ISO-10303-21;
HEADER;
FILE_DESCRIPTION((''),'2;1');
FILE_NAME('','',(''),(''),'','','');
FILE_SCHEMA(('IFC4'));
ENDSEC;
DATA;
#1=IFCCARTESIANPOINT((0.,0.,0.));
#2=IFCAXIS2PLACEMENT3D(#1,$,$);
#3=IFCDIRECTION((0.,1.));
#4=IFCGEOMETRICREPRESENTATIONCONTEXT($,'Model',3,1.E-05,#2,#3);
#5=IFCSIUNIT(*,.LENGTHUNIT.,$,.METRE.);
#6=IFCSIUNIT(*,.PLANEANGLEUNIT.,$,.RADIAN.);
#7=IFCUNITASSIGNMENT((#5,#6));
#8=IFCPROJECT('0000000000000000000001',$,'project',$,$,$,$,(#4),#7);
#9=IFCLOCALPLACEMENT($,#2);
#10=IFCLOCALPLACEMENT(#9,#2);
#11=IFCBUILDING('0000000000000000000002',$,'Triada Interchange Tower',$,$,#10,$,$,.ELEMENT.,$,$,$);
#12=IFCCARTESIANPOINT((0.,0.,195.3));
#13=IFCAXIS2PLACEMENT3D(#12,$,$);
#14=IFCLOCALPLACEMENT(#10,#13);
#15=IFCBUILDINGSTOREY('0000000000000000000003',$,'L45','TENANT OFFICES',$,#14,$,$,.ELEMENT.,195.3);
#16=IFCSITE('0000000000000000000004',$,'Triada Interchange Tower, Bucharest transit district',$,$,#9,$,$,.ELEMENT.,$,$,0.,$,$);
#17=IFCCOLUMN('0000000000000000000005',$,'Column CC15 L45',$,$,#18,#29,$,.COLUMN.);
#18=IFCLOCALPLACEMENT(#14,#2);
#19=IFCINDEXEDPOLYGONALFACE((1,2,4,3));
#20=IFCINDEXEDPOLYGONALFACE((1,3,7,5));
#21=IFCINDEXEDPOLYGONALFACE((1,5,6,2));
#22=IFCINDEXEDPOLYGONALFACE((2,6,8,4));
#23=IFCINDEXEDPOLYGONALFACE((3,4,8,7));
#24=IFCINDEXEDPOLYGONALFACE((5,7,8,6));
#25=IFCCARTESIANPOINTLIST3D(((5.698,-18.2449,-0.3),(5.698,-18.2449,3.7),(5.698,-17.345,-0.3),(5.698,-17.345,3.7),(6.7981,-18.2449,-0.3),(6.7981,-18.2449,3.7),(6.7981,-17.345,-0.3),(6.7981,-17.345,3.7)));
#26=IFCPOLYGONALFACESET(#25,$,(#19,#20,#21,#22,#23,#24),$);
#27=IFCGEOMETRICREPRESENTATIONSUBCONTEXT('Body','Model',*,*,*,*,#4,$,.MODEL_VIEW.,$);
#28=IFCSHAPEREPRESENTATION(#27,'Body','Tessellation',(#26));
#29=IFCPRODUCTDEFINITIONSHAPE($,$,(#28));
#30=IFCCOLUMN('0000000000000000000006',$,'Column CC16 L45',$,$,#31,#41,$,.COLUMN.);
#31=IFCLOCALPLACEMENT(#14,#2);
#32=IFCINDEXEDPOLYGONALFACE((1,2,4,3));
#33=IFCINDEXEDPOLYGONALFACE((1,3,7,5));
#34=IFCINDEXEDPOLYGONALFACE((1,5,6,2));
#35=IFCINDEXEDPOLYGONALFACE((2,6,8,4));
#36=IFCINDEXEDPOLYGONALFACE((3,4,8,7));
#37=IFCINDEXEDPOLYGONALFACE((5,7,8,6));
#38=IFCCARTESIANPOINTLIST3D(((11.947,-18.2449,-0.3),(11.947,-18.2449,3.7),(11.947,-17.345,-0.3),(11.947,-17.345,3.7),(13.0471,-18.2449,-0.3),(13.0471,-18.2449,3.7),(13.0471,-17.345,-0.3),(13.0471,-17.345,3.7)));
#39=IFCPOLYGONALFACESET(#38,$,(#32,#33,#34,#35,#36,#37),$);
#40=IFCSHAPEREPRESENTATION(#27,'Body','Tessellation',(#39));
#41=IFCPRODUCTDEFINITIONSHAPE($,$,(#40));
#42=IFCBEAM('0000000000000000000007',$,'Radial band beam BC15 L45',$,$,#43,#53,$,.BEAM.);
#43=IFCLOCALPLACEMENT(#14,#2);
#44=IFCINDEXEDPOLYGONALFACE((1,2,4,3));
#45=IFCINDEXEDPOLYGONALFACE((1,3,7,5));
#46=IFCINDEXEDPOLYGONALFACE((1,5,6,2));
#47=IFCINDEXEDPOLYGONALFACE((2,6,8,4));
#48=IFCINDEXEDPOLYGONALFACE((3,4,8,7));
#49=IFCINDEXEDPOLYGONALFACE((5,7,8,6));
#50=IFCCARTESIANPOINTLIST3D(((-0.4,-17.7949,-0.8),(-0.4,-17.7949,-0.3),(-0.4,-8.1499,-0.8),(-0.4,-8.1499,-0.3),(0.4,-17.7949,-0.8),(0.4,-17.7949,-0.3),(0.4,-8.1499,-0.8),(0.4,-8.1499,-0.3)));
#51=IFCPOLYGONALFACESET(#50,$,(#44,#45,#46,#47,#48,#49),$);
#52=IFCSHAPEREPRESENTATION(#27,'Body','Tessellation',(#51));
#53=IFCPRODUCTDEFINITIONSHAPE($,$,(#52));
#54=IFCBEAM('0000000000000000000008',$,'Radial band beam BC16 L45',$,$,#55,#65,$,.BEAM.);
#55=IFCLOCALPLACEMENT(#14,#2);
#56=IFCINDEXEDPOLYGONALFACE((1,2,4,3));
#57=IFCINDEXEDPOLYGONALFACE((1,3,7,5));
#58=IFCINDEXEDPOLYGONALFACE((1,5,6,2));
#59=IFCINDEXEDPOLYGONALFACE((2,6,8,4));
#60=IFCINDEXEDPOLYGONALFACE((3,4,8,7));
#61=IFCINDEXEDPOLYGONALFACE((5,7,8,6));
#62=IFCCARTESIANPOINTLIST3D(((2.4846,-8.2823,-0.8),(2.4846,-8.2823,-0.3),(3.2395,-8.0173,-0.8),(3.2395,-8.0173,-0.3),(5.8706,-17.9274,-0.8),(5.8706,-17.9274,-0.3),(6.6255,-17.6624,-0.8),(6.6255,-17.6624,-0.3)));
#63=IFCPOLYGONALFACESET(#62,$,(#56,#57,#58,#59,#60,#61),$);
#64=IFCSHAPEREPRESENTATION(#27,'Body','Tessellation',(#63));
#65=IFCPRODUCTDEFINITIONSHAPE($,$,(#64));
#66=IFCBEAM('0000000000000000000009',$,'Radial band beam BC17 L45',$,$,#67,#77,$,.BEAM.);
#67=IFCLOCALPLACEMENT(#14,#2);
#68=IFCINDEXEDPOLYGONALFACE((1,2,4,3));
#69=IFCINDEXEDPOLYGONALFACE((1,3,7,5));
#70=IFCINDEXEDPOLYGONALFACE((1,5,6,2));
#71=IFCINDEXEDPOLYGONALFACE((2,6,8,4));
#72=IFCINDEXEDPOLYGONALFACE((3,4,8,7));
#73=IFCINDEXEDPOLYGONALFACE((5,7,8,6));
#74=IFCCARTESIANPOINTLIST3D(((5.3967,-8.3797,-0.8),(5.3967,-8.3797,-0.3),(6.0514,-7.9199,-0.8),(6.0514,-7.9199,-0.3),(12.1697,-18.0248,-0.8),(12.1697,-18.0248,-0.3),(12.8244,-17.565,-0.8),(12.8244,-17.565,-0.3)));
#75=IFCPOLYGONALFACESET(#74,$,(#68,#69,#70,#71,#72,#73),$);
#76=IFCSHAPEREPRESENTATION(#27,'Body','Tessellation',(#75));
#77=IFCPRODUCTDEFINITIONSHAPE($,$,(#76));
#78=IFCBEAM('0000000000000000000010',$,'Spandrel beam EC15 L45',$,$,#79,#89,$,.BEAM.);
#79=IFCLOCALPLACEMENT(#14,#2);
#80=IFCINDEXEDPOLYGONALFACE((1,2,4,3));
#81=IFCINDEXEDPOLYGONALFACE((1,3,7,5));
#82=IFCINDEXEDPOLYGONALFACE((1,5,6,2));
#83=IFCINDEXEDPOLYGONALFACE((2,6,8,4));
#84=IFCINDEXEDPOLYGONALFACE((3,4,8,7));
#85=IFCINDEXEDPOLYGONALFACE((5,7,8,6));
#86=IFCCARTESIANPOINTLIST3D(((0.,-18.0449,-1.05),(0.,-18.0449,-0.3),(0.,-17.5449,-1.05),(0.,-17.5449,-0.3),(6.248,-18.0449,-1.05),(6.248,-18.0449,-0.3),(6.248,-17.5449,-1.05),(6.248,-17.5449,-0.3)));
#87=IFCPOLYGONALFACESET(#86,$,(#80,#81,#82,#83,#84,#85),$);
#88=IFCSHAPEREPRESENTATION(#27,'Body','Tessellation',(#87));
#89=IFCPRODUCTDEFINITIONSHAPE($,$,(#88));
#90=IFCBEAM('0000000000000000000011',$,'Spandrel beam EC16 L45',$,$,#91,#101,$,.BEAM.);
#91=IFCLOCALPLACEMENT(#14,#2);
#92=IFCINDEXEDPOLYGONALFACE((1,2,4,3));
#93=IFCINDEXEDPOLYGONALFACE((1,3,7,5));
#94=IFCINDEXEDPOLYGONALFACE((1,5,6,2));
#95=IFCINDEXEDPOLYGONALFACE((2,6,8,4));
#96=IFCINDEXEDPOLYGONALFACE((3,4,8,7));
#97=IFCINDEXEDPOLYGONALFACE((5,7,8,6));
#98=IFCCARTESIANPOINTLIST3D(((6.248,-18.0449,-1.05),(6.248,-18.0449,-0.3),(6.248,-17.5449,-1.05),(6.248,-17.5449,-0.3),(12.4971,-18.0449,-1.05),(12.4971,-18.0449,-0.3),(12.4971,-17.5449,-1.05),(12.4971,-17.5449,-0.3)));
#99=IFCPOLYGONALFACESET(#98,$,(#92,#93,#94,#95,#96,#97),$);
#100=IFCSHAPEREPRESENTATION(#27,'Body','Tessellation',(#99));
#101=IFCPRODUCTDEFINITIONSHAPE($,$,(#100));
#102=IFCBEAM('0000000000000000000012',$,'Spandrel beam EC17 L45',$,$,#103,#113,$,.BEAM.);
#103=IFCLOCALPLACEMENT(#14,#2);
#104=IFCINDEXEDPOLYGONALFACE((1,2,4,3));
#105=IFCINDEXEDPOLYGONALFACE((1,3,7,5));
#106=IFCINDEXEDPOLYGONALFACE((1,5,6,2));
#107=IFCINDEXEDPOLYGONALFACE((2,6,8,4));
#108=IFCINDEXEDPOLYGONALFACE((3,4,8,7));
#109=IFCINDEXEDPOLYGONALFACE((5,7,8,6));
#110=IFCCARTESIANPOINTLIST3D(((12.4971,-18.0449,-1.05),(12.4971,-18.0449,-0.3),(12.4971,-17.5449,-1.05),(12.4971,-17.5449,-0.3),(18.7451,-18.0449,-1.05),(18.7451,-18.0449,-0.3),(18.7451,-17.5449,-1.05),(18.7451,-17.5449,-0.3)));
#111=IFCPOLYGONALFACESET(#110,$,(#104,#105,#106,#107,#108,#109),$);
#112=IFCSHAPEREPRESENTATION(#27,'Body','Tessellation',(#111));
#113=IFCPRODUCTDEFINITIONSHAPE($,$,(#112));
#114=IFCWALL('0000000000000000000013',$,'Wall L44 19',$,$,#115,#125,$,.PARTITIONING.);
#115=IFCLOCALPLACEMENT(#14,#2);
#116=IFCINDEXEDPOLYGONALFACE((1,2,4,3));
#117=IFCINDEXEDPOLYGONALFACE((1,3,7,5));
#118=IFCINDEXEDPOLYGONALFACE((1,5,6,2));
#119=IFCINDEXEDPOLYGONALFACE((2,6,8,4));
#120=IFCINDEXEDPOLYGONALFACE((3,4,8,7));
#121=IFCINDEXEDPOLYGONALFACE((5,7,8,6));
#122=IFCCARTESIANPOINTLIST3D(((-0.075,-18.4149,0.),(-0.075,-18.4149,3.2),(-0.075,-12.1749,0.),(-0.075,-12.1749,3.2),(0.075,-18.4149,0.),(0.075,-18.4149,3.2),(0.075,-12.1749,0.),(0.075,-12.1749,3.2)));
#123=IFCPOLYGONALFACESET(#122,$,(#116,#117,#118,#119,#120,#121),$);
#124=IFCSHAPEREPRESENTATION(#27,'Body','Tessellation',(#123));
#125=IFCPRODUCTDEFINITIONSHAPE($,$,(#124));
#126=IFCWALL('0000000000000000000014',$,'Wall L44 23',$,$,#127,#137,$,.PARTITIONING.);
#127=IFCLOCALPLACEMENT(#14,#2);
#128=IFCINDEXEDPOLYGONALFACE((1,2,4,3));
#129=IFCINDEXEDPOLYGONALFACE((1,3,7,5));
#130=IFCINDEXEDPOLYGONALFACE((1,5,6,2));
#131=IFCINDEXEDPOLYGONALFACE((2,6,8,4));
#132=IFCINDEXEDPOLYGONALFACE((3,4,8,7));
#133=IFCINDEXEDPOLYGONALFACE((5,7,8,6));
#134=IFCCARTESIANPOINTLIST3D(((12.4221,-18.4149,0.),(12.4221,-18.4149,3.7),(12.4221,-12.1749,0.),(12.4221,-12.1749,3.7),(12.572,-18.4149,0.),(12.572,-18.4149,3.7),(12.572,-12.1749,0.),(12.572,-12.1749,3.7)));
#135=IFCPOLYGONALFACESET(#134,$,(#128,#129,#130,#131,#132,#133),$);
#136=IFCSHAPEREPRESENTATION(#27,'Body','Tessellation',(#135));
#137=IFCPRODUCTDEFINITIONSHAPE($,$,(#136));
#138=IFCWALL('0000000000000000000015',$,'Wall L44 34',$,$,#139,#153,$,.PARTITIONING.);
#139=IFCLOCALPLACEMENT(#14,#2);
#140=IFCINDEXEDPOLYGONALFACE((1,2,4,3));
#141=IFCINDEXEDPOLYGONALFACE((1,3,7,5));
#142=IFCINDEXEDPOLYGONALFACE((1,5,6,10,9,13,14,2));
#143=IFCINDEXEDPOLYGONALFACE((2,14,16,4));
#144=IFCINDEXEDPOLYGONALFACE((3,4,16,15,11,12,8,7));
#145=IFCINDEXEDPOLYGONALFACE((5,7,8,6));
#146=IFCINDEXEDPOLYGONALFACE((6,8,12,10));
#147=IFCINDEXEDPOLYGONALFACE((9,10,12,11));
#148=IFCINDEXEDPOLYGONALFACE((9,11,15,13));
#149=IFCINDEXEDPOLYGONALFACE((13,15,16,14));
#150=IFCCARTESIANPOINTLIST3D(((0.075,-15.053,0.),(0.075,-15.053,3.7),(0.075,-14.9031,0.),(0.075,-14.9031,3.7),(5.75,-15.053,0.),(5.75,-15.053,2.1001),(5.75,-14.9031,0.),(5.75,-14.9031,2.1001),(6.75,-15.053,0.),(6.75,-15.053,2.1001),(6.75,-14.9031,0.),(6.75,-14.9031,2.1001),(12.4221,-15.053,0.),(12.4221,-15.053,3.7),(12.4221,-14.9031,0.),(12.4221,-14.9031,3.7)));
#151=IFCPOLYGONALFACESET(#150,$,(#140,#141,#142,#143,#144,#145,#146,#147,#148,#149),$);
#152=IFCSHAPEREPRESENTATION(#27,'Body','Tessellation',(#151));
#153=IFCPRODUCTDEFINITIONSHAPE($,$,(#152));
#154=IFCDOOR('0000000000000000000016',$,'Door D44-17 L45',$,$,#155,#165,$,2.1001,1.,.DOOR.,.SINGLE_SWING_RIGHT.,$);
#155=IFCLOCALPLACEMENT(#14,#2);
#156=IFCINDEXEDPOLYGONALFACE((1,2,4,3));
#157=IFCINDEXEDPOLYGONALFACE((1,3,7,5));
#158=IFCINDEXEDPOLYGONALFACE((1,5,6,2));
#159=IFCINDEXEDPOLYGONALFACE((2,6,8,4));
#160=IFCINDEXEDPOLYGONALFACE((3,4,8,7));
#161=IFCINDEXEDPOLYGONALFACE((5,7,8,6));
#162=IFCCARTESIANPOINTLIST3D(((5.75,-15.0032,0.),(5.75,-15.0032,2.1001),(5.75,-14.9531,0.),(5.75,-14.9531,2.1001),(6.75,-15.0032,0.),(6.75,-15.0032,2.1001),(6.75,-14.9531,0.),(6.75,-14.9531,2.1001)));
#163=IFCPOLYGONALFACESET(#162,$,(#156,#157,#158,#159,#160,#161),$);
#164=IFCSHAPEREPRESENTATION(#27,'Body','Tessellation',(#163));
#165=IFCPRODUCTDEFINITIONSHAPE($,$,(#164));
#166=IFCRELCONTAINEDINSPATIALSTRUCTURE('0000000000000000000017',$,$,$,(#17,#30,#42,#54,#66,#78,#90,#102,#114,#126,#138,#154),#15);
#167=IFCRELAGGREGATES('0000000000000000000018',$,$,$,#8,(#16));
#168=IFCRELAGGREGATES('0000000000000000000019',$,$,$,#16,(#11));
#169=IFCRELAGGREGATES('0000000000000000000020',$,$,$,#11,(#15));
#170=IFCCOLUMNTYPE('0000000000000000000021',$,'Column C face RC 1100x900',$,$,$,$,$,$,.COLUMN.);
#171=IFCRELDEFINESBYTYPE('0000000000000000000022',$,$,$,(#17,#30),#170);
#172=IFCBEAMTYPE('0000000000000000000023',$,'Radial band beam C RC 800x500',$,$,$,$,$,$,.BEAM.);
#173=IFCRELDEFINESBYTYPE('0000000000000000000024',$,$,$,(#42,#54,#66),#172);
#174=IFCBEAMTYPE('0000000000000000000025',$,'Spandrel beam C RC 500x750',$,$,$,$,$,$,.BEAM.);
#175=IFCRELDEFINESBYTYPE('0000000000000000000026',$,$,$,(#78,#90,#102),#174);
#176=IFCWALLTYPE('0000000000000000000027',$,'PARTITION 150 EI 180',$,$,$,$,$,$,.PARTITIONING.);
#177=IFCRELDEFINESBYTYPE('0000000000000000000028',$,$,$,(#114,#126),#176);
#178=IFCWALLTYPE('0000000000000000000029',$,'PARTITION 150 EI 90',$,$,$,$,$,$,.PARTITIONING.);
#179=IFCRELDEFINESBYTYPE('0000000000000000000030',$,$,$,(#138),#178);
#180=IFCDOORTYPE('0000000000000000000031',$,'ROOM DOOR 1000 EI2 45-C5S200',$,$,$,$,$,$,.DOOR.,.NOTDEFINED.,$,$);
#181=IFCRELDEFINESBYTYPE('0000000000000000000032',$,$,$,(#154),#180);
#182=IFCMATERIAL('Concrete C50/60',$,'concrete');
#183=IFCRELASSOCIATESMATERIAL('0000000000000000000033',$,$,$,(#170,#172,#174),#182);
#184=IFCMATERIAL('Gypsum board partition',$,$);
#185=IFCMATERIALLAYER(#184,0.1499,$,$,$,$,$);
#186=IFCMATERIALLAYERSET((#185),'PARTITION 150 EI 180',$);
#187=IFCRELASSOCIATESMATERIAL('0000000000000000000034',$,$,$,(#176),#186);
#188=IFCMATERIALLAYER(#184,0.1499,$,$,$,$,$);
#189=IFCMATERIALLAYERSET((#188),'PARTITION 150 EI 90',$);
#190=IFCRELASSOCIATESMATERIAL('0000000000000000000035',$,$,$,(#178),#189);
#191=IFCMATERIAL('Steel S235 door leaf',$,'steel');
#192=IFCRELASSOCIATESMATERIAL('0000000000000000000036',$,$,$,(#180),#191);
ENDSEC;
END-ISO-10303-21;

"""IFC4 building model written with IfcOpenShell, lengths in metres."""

from ifc_helpers import new_model, si_unit, direction, frame, frame_2d, origin, origin_2d, place, context, subcontext, project, spatial, rectangle, extrude, material, layer, layer_set, material_profile, profile_set, type_object, element, fill, save


model = new_model("IFC4")

# Units and contexts
model_context = context("Model", 3, precision=1e-05, world=origin(), true_north=direction((0.0, 1.0)))
body_context = subcontext(model_context, "Body", "Model", "MODEL_VIEW")
ifc_project = project(units=[si_unit("LENGTHUNIT", "METRE"), si_unit("PLANEANGLEUNIT", "RADIAN")], contexts=[model_context])

# Site, building, storey
site_placement = place(None, origin())
site = spatial("IfcSite", under=ifc_project, at=site_placement, Name="Triada Interchange Tower, Bucharest transit district", CompositionType="ELEMENT", RefElevation=0.0)
building_placement = place(site_placement, origin())
building = spatial("IfcBuilding", under=site, at=building_placement, Name="Triada Interchange Tower", CompositionType="ELEMENT")
storey_placement = place(building_placement, frame((0.0, 0.0, 195.3)))
storey = spatial("IfcBuildingStorey", under=building, at=storey_placement, Name="L45", Description="TENANT OFFICES", CompositionType="ELEMENT", Elevation=195.3)

# Columns
ifc_material_1 = material(Name="Concrete C50/60", Category="concrete")
ifc_material_profile_1 = material_profile(ifc_material_1, rectangle(XDim=1.1001, YDim=0.8999, at=origin_2d()), Name="RC 1100x900")
ifc_profile_set_1 = profile_set([ifc_material_profile_1], Name="Concrete C50/60")
column_type = type_object("IfcColumnType", Name="Column C face RC 1100x900", PredefinedType="COLUMN", material=ifc_profile_set_1)
for number, where, z_axis, x_axis, name in (
    (1, (6.248, -17.7949, -0.3), (0.0, 0.0, 1.0), (1.0, 0.0, 0.0), "Column CC15 L45"),
    (2, (12.4971, -17.7949, -0.3), (0.0, 0.0, 1.0), (1.0, 0.0, 0.0), "Column CC16 L45"),
):
    element("IfcColumn", number, at=place(storey_placement, frame(where, z_axis=z_axis, x_axis=x_axis)), inside=storey, type_object=column_type, Name=name, PredefinedType="COLUMN", context=body_context, shape_type="SweptSolid", body=[
        extrude(rectangle(XDim=1.1001, YDim=0.8999, at=origin_2d()), origin(), (0.0, 0.0, 1.0), 4.0),
    ])

# Beams
ifc_material_profile_2 = material_profile(ifc_material_1, rectangle(XDim=0.8, YDim=0.5, at=origin_2d()), Name="RC 800x500")
ifc_profile_set_2 = profile_set([ifc_material_profile_2], Name="Concrete C50/60")
beam_type_1 = type_object("IfcBeamType", Name="Radial band beam C RC 800x500", PredefinedType="BEAM", material=ifc_profile_set_2)
beam_1_placement = place(storey_placement, frame((0.0, -17.7949, -0.55), z_axis=(0.0, 1.0, 0.0), x_axis=(-1.0, 0.0, 0.0)))
element("IfcBeam", 3, at=beam_1_placement, inside=storey, type_object=beam_type_1, Name="Radial band beam BC15 L45", PredefinedType="BEAM", context=body_context, shape_type="SweptSolid", body=[
    extrude(rectangle(XDim=0.8, YDim=0.5, at=origin_2d()), origin(), (0.0, 0.0, 1.0), 9.645),
])
beam_2_placement = place(storey_placement, frame((6.248, -17.7949, -0.55), z_axis=(-0.331242, 0.943546, 0.0), x_axis=(-0.943546, -0.331242, 0.0)))
element("IfcBeam", 4, at=beam_2_placement, inside=storey, type_object=beam_type_1, Name="Radial band beam BC16 L45", PredefinedType="BEAM", context=body_context, shape_type="SweptSolid", body=[
    extrude(rectangle(XDim=0.8, YDim=0.5, at=origin_2d()), origin(), (0.0, 0.0, 1.0), 10.2222),
])
beam_3_placement = place(storey_placement, frame((12.4971, -17.7949, -0.55), z_axis=(-0.574682, 0.818377, 0.0), x_axis=(-0.818377, -0.574682, 0.0)))
element("IfcBeam", 5, at=beam_3_placement, inside=storey, type_object=beam_type_1, Name="Radial band beam BC17 L45", PredefinedType="BEAM", context=body_context, shape_type="SweptSolid", body=[
    extrude(rectangle(XDim=0.8, YDim=0.5, at=origin_2d()), origin(), (0.0, 0.0, 1.0), 11.7856),
])
ifc_material_profile_3 = material_profile(ifc_material_1, rectangle(XDim=0.5, YDim=0.75, at=origin_2d()), Name="RC 500x750")
ifc_profile_set_3 = profile_set([ifc_material_profile_3], Name="Concrete C50/60")
beam_type_2 = type_object("IfcBeamType", Name="Spandrel beam C RC 500x750", PredefinedType="BEAM", material=ifc_profile_set_3)
beam_4_placement = place(storey_placement, frame((0.0, -17.7949, -0.675), z_axis=(1.0, 0.0, 0.0), x_axis=(0.0, 1.0, 0.0)))
element("IfcBeam", 6, at=beam_4_placement, inside=storey, type_object=beam_type_2, Name="Spandrel beam EC15 L45", PredefinedType="BEAM", context=body_context, shape_type="SweptSolid", body=[
    extrude(rectangle(XDim=0.5, YDim=0.75, at=origin_2d()), origin(), (0.0, 0.0, 1.0), 6.248),
])
beam_5_placement = place(storey_placement, frame((6.248, -17.7949, -0.675), z_axis=(1.0, 0.0, 0.0), x_axis=(0.0, 1.0, 0.0)))
element("IfcBeam", 7, at=beam_5_placement, inside=storey, type_object=beam_type_2, Name="Spandrel beam EC16 L45", PredefinedType="BEAM", context=body_context, shape_type="SweptSolid", body=[
    extrude(rectangle(XDim=0.5, YDim=0.75, at=origin_2d()), origin(), (0.0, 0.0, 1.0), 6.249),
])
beam_6_placement = place(storey_placement, frame((12.4971, -17.7949, -0.675), z_axis=(1.0, 0.0, 0.0), x_axis=(0.0, 1.0, 0.0)))
element("IfcBeam", 8, at=beam_6_placement, inside=storey, type_object=beam_type_2, Name="Spandrel beam EC17 L45", PredefinedType="BEAM", context=body_context, shape_type="SweptSolid", body=[
    extrude(rectangle(XDim=0.5, YDim=0.75, at=origin_2d()), origin(), (0.0, 0.0, 1.0), 6.248),
])

# Walls
ifc_material_2 = material(Name="Gypsum board partition")
ifc_layer_1 = layer(ifc_material_2, 0.1499)
ifc_layer_set_1 = layer_set([ifc_layer_1], Name="PARTITION 150 EI 180")
wall_type_1 = type_object("IfcWallType", Name="PARTITION 150 EI 180", PredefinedType="PARTITIONING", material=ifc_layer_set_1)
wall_1_placement = place(storey_placement, frame((0.0, -18.415, 0.0), z_axis=(0.0, 0.0, 1.0), x_axis=(0.0, 1.0, 0.0)))
element("IfcWall", 9, at=wall_1_placement, inside=storey, type_object=wall_type_1, Name="Wall L44 19", PredefinedType="PARTITIONING", context=body_context, shape_type="SweptSolid", body=[
    extrude(rectangle(XDim=6.24, YDim=0.1499, at=frame_2d((3.1201, 0.0))), origin(), (0.0, 0.0, 1.0), 3.2),
])
wall_2_placement = place(storey_placement, frame((12.4971, -18.415, 0.0), z_axis=(0.0, 0.0, 1.0), x_axis=(0.0, 1.0, 0.0)))
element("IfcWall", 10, at=wall_2_placement, inside=storey, type_object=wall_type_1, Name="Wall L44 23", PredefinedType="PARTITIONING", context=body_context, shape_type="SweptSolid", body=[
    extrude(rectangle(XDim=6.24, YDim=0.1499, at=frame_2d((3.1201, 0.0))), origin(), (0.0, 0.0, 1.0), 3.7),
])

# Wall, opening, door
ifc_layer_2 = layer(ifc_material_2, 0.1499)
ifc_layer_set_2 = layer_set([ifc_layer_2], Name="PARTITION 150 EI 90")
wall_type_2 = type_object("IfcWallType", Name="PARTITION 150 EI 90", PredefinedType="PARTITIONING", material=ifc_layer_set_2)
wall_3_placement = place(storey_placement, frame((0.075, -14.978, 0.0), z_axis=(0.0, 0.0, 1.0), x_axis=(1.0, 0.0, 0.0)))
wall_3 = element("IfcWall", 11, at=wall_3_placement, inside=storey, type_object=wall_type_2, Name="Wall L44 34", PredefinedType="PARTITIONING", context=body_context, shape_type="SweptSolid", body=[
    extrude(rectangle(XDim=12.3472, YDim=0.1499, at=frame_2d((6.1736, 0.0))), origin(), (0.0, 0.0, 1.0), 3.7),
])
opening_1_placement = place(wall_3_placement, frame((5.675, 0.0, 0.0)))
opening_1 = element("IfcOpeningElement", 12, at=opening_1_placement, cuts=wall_3, PredefinedType="OPENING", context=body_context, shape_type="SweptSolid", body=[
    extrude(rectangle(XDim=1.0, YDim=2.1001, at=frame_2d((0.5, 1.05))), frame((0.0, 0.085, 0.0), z_axis=(0.0, -1.0, 0.0), x_axis=(1.0, 0.0, 0.0)), (0.0, 0.0, 1.0), 0.1699),
])
ifc_material_3 = material(Name="Steel S235 door leaf", Category="steel")
door_type_1 = type_object("IfcDoorType", Name="ROOM DOOR 1000 EI2 45-C5S200", OperationType="NOTDEFINED", PredefinedType="DOOR", material=ifc_material_3)
door_1_placement = place(opening_1_placement, origin())
door_1 = element("IfcDoor", 13, at=door_1_placement, inside=storey, type_object=door_type_1, Name="Door D44-17 L45", OperationType="SINGLE_SWING_RIGHT", OverallHeight=2.1001, OverallWidth=1.0, PredefinedType="DOOR", context=body_context, shape_type="SweptSolid", body=[
    extrude(rectangle(XDim=1.0, YDim=2.1001, at=frame_2d((0.5, 1.05))), frame((0.0, 0.0249, 0.0), z_axis=(0.0, -1.0, 0.0), x_axis=(1.0, 0.0, 0.0)), (0.0, 0.0, 1.0), 0.05),
])
fill(opening_1, door_1)

save(model, "model.ifc")
